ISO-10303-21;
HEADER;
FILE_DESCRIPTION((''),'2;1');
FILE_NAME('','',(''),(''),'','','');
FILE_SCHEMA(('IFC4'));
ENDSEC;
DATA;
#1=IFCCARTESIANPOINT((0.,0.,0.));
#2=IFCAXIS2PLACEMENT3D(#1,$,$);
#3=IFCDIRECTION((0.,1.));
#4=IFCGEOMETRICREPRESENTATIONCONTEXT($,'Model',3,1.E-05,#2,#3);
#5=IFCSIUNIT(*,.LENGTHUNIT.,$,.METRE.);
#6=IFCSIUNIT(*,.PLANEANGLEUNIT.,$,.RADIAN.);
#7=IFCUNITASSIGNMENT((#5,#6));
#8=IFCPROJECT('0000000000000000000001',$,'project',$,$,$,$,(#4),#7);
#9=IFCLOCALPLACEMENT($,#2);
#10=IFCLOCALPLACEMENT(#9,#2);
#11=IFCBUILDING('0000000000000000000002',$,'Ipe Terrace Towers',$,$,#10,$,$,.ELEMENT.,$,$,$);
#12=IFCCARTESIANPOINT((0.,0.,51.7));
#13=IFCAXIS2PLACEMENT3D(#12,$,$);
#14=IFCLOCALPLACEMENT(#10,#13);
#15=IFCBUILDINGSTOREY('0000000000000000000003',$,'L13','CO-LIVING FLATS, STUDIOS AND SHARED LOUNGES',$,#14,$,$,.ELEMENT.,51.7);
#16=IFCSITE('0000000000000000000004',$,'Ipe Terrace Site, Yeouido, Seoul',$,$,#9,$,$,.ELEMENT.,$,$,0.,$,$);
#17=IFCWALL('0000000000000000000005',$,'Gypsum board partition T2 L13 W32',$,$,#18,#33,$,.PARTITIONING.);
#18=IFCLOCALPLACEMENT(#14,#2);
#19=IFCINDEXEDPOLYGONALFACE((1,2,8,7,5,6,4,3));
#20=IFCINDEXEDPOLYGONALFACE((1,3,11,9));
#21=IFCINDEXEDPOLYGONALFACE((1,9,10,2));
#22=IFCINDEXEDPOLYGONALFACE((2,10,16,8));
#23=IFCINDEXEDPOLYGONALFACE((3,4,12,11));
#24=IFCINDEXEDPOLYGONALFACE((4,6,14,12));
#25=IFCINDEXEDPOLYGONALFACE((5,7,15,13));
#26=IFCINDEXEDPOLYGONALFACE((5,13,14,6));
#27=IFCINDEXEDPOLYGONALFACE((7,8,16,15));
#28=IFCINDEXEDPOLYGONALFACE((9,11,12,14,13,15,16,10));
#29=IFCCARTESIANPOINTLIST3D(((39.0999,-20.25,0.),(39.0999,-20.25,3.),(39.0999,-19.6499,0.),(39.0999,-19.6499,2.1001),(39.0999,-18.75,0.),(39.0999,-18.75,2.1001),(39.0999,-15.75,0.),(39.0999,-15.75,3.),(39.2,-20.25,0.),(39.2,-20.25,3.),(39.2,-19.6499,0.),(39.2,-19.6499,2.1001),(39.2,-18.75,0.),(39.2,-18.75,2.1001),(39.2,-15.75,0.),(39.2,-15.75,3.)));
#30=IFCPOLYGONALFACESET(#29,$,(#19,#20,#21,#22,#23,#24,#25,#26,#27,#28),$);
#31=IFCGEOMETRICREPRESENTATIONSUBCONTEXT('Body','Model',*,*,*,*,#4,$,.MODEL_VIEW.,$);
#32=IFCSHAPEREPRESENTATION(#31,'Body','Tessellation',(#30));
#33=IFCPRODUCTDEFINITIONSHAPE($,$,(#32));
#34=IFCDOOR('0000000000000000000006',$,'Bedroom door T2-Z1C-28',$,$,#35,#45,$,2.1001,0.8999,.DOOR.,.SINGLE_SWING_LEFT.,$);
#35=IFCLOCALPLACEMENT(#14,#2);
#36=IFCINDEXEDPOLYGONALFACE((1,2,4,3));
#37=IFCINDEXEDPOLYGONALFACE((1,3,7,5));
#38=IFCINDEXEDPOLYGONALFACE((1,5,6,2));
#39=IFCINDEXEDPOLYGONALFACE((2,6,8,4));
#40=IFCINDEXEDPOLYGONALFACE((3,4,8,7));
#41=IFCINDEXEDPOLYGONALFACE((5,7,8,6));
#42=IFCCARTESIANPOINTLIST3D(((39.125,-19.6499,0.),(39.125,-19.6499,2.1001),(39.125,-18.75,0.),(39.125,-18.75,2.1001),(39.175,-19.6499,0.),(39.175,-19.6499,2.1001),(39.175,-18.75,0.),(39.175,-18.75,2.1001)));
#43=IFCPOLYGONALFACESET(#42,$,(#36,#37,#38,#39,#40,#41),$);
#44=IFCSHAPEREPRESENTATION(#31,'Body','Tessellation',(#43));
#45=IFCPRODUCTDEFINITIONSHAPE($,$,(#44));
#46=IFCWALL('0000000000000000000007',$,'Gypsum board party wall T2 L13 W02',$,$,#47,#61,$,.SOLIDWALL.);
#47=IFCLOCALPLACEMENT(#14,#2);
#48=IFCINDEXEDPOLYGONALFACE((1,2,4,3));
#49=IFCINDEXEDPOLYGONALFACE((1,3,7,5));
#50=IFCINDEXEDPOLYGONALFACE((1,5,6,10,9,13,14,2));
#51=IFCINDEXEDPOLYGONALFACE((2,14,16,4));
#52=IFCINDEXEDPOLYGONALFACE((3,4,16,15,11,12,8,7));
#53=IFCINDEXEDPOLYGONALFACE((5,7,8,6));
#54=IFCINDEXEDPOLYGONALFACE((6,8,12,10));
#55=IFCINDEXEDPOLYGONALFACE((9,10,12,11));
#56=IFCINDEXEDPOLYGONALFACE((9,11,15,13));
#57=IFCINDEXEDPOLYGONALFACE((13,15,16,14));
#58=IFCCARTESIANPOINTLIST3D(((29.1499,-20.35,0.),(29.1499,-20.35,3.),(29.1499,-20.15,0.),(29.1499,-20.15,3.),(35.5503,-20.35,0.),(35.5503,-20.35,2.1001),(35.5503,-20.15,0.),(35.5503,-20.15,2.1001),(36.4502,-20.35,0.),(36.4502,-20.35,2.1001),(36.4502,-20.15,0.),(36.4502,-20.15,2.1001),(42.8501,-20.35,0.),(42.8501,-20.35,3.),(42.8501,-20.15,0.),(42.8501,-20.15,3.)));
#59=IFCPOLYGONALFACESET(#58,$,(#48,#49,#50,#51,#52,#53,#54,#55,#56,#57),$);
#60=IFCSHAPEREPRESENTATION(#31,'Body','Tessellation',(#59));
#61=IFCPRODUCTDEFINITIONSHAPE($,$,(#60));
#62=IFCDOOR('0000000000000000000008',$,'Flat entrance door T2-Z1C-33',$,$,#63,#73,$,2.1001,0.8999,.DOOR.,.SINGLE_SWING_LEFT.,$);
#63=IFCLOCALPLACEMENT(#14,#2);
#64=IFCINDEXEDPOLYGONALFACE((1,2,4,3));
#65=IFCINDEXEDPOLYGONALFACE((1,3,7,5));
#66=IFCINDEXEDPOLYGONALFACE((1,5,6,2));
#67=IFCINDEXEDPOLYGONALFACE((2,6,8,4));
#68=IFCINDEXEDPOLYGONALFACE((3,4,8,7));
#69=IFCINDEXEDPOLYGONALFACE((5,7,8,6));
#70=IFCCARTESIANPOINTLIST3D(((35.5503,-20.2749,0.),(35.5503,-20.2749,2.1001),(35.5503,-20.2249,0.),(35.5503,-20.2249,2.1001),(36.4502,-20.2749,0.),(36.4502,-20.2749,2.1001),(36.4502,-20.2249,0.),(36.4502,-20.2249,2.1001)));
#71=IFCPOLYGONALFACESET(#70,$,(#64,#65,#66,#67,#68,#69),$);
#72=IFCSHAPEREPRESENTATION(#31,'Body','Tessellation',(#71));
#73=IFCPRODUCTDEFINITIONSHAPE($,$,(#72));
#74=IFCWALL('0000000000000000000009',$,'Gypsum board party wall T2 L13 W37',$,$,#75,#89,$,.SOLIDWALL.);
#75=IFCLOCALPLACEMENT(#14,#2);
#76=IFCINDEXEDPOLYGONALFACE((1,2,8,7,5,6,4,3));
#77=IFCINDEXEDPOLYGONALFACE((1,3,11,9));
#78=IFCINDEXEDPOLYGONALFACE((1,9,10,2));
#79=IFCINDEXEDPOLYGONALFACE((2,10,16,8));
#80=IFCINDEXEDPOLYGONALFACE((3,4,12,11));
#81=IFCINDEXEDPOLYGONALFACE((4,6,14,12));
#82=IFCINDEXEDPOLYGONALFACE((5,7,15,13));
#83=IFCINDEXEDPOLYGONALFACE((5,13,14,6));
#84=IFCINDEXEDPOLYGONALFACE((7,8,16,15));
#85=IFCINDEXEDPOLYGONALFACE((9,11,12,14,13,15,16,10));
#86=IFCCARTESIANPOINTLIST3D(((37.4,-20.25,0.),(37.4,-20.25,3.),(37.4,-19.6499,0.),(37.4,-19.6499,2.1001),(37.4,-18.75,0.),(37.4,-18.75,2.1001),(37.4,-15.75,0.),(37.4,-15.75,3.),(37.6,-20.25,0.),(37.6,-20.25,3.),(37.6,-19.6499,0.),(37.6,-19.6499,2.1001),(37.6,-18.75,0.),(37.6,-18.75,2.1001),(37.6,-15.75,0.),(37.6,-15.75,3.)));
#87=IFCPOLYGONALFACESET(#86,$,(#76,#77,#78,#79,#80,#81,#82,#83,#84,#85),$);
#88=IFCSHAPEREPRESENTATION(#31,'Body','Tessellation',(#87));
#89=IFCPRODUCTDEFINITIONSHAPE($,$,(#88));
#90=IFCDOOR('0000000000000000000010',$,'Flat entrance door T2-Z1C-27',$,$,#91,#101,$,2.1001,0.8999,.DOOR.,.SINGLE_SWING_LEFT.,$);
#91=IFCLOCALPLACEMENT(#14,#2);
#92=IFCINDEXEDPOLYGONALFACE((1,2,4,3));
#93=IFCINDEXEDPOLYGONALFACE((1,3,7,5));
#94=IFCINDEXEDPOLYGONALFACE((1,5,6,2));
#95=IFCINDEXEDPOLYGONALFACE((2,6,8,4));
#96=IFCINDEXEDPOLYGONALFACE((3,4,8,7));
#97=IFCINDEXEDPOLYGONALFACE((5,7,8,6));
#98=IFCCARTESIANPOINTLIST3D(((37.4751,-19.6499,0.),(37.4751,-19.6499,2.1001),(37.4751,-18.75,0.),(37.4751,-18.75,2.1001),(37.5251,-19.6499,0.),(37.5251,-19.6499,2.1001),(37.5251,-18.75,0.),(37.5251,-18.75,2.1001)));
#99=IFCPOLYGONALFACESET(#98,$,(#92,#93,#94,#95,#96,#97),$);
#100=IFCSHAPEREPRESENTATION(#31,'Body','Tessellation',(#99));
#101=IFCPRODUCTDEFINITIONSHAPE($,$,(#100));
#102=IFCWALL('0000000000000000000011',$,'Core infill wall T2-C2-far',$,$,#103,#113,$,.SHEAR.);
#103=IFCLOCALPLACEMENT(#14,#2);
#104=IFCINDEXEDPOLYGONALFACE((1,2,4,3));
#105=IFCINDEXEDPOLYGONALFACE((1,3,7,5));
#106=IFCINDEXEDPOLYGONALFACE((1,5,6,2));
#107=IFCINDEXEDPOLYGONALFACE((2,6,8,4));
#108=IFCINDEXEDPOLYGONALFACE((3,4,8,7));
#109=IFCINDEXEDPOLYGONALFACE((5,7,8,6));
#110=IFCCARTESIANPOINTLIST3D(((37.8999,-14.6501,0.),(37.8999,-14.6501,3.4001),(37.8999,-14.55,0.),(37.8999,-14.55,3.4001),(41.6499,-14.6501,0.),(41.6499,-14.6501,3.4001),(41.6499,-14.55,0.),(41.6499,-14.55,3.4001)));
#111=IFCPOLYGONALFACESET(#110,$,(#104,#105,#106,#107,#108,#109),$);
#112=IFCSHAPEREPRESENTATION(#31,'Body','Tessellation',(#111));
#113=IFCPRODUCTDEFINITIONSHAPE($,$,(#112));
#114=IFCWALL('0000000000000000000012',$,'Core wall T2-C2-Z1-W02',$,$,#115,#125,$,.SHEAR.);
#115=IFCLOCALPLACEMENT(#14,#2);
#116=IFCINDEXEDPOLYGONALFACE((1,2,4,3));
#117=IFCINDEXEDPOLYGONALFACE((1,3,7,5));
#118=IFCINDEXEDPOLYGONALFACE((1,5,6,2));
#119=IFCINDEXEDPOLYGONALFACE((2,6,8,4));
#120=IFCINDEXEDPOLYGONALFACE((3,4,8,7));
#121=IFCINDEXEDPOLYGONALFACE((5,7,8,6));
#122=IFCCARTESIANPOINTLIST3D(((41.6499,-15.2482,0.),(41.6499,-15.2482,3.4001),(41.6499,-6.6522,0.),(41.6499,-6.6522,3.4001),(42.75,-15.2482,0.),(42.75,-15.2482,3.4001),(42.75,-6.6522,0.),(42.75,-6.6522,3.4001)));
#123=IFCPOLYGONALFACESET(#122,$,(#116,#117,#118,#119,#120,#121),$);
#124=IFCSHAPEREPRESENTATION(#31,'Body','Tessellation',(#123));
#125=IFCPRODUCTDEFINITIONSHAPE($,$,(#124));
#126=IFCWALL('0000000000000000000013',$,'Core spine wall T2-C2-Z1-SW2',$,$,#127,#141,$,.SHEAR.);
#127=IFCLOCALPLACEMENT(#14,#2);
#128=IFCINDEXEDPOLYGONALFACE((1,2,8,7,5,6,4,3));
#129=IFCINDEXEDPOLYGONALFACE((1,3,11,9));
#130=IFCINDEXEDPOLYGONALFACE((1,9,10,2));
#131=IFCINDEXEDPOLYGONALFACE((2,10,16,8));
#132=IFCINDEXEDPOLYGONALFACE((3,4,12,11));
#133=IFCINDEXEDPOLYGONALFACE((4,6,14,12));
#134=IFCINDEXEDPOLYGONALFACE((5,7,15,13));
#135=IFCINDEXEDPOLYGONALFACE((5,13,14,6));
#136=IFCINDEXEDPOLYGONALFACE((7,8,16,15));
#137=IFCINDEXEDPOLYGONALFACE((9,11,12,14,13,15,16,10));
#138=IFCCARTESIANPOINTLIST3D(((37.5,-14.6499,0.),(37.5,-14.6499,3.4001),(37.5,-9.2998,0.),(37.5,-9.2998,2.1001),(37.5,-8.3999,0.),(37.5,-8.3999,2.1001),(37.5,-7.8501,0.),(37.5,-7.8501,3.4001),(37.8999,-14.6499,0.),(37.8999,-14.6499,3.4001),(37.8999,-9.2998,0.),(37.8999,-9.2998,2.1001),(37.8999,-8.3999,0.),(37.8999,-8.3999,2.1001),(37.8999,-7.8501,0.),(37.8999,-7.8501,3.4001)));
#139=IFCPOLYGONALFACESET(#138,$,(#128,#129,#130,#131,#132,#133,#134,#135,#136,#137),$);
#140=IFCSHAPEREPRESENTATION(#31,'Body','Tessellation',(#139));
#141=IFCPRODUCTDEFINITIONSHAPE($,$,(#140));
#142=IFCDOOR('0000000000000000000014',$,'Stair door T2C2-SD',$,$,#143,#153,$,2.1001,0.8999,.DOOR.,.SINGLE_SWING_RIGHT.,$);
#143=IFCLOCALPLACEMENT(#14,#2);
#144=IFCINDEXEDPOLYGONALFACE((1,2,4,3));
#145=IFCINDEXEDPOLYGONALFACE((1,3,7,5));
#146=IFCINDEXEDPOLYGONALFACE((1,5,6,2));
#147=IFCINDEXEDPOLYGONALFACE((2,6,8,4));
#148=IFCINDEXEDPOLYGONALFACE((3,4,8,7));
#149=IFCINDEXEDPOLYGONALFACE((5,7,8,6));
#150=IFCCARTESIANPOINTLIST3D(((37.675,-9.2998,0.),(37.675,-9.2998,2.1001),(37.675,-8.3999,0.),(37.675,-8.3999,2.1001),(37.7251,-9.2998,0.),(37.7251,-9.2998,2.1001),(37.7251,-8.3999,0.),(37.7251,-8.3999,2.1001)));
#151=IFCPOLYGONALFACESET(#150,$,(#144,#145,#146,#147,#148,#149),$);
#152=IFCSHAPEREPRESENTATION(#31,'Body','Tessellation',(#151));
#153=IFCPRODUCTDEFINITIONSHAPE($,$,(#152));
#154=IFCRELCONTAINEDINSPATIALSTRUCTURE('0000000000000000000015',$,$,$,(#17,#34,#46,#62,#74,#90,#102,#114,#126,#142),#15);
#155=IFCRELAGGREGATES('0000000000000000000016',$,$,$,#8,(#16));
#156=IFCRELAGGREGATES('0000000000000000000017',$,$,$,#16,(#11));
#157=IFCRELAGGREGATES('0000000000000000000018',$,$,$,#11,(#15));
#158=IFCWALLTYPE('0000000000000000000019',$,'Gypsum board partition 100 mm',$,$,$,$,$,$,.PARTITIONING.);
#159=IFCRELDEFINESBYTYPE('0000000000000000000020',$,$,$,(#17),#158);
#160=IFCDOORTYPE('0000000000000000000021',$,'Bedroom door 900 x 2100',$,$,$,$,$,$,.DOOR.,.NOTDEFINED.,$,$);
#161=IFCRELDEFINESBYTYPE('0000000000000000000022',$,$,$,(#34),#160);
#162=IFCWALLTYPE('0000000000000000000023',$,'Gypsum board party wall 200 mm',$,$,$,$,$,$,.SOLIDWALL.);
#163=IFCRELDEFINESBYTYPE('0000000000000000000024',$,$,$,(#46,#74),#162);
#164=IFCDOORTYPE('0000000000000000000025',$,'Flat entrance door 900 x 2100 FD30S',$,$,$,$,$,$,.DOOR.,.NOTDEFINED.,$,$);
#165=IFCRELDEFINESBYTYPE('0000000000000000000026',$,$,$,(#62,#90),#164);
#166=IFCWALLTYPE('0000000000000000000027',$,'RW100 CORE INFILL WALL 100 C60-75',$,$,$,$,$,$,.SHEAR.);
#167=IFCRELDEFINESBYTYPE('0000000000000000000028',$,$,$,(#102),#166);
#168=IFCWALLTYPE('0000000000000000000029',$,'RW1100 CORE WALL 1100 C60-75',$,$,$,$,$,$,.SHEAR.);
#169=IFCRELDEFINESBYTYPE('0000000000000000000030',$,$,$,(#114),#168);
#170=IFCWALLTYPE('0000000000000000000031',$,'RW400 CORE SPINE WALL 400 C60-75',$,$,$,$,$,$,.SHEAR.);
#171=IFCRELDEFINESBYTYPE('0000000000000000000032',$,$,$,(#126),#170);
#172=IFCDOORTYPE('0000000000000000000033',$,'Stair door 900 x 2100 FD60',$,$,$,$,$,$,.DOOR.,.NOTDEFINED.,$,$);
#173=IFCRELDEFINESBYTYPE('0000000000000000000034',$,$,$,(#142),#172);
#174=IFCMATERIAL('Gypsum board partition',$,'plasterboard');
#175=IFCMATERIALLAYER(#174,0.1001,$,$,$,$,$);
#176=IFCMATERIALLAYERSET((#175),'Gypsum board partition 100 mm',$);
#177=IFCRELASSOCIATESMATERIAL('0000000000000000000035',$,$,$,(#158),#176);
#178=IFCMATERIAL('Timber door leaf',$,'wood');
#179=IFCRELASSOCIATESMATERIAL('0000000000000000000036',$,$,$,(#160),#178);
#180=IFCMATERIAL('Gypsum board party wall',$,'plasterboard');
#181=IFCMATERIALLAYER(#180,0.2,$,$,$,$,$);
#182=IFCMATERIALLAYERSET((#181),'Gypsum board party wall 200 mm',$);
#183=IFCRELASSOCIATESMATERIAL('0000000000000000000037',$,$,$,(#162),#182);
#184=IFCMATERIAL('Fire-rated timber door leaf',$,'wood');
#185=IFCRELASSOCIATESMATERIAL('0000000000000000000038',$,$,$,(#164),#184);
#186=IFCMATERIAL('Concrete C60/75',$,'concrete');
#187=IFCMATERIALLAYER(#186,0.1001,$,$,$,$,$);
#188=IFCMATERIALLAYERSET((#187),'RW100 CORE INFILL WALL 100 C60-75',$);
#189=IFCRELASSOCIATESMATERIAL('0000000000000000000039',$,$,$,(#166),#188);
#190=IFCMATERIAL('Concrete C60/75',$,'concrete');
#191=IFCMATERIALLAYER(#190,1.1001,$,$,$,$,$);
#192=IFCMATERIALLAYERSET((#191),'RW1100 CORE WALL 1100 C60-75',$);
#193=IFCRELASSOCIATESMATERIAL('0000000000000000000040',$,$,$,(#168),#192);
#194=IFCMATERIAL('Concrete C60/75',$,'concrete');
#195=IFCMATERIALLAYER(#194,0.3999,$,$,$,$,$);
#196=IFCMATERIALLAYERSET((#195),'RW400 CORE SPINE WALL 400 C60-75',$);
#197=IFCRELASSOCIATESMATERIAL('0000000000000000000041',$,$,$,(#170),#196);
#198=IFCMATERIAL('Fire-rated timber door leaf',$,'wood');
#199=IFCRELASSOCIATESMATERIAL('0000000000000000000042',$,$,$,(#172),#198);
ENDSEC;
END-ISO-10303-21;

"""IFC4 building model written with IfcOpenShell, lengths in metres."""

from ifc_helpers import new_model, si_unit, direction, frame, frame_2d, origin, place, context, subcontext, project, spatial, rectangle, extrude, material, layer, layer_set, type_object, element, fill, save


model = new_model("IFC4")

# Units and contexts
model_context = context("Model", 3, precision=1e-05, world=origin(), true_north=direction((0.0, 1.0)))
body_context = subcontext(model_context, "Body", "Model", "MODEL_VIEW")
ifc_project = project(units=[si_unit("LENGTHUNIT", "METRE"), si_unit("PLANEANGLEUNIT", "RADIAN")], contexts=[model_context])

# Site, building, storey
site_placement = place(None, origin())
site = spatial("IfcSite", under=ifc_project, at=site_placement, Name="Ipe Terrace Site, Yeouido, Seoul", CompositionType="ELEMENT", RefElevation=0.0)
building_placement = place(site_placement, origin())
building = spatial("IfcBuilding", under=site, at=building_placement, Name="Ipe Terrace Towers", CompositionType="ELEMENT")
storey_placement = place(building_placement, frame((0.0, 0.0, 51.7)))
storey = spatial("IfcBuildingStorey", under=building, at=storey_placement, Name="L13", Description="CO-LIVING FLATS, STUDIOS AND SHARED LOUNGES", CompositionType="ELEMENT", Elevation=51.7)

# Walls, openings, doors
ifc_material_1 = material(Name="Gypsum board partition", Category="plasterboard")
ifc_layer_1 = layer(ifc_material_1, 0.1001)
ifc_layer_set_1 = layer_set([ifc_layer_1], Name="Gypsum board partition 100 mm")
wall_type_1 = type_object("IfcWallType", Name="Gypsum board partition 100 mm", PredefinedType="PARTITIONING", material=ifc_layer_set_1)
wall_1_placement = place(storey_placement, frame((39.1499, -20.25, 0.0), z_axis=(0.0, 0.0, 1.0), x_axis=(0.0, 1.0, 0.0)))
wall_1 = element("IfcWall", 1, at=wall_1_placement, inside=storey, type_object=wall_type_1, Name="Gypsum board partition T2 L13 W32", PredefinedType="PARTITIONING", context=body_context, shape_type="SweptSolid", body=[
    extrude(rectangle(XDim=4.5, YDim=0.1001, at=frame_2d((2.25, 0.0))), origin(), (0.0, 0.0, 1.0), 3.0),
])
opening_1_placement = place(wall_1_placement, frame((0.6001, 0.0, 0.0)))
opening_1 = element("IfcOpeningElement", 2, at=opening_1_placement, cuts=wall_1, PredefinedType="OPENING", context=body_context, shape_type="SweptSolid", body=[
    extrude(rectangle(XDim=0.8999, YDim=2.1001, at=frame_2d((0.45, 1.05))), frame((0.0, 0.0601, 0.0), z_axis=(0.0, -1.0, 0.0), x_axis=(1.0, 0.0, 0.0)), (0.0, 0.0, 1.0), 0.1201),
])
ifc_material_2 = material(Name="Timber door leaf", Category="wood")
door_type_1 = type_object("IfcDoorType", Name="Bedroom door 900 x 2100", OperationType="NOTDEFINED", PredefinedType="DOOR", material=ifc_material_2)
door_1_placement = place(opening_1_placement, origin())
door_1 = element("IfcDoor", 3, at=door_1_placement, inside=storey, type_object=door_type_1, Name="Bedroom door T2-Z1C-28", OperationType="SINGLE_SWING_LEFT", OverallHeight=2.1001, OverallWidth=0.8999, PredefinedType="DOOR", context=body_context, shape_type="SweptSolid", body=[
    extrude(rectangle(XDim=0.8999, YDim=2.1001, at=frame_2d((0.45, 1.05))), frame((0.0, 0.0249, 0.0), z_axis=(0.0, -1.0, 0.0), x_axis=(1.0, 0.0, 0.0)), (0.0, 0.0, 1.0), 0.05),
])
fill(opening_1, door_1)
ifc_material_3 = material(Name="Gypsum board party wall", Category="plasterboard")
ifc_layer_2 = layer(ifc_material_3, 0.2)
ifc_layer_set_2 = layer_set([ifc_layer_2], Name="Gypsum board party wall 200 mm")
wall_type_2 = type_object("IfcWallType", Name="Gypsum board party wall 200 mm", PredefinedType="SOLIDWALL", material=ifc_layer_set_2)
wall_2_placement = place(storey_placement, frame((42.8501, -20.25, 0.0), z_axis=(0.0, 0.0, 1.0), x_axis=(-1.0, 0.0, 0.0)))
wall_2 = element("IfcWall", 4, at=wall_2_placement, inside=storey, type_object=wall_type_2, Name="Gypsum board party wall T2 L13 W02", PredefinedType="SOLIDWALL", context=body_context, shape_type="SweptSolid", body=[
    extrude(rectangle(XDim=13.7002, YDim=0.2, at=frame_2d((6.8501, 0.0))), origin(), (0.0, 0.0, 1.0), 3.0),
])
opening_2_placement = place(wall_2_placement, frame((6.3999, 0.0, 0.0)))
opening_2 = element("IfcOpeningElement", 5, at=opening_2_placement, cuts=wall_2, PredefinedType="OPENING", context=body_context, shape_type="SweptSolid", body=[
    extrude(rectangle(XDim=0.8999, YDim=2.1001, at=frame_2d((0.45, 1.05))), frame((0.0, 0.1099, 0.0), z_axis=(0.0, -1.0, 0.0), x_axis=(1.0, 0.0, 0.0)), (0.0, 0.0, 1.0), 0.22),
])
ifc_material_4 = material(Name="Fire-rated timber door leaf", Category="wood")
door_type_2 = type_object("IfcDoorType", Name="Flat entrance door 900 x 2100 FD30S", OperationType="NOTDEFINED", PredefinedType="DOOR", material=ifc_material_4)
door_2_placement = place(opening_2_placement, origin())
door_2 = element("IfcDoor", 6, at=door_2_placement, inside=storey, type_object=door_type_2, Name="Flat entrance door T2-Z1C-33", OperationType="SINGLE_SWING_LEFT", OverallHeight=2.1001, OverallWidth=0.8999, PredefinedType="DOOR", context=body_context, shape_type="SweptSolid", body=[
    extrude(rectangle(XDim=0.8999, YDim=2.1001, at=frame_2d((0.45, 1.05))), frame((0.0, 0.0249, 0.0), z_axis=(0.0, -1.0, 0.0), x_axis=(1.0, 0.0, 0.0)), (0.0, 0.0, 1.0), 0.05),
])
fill(opening_2, door_2)
wall_3_placement = place(storey_placement, frame((37.5, -20.25, 0.0), z_axis=(0.0, 0.0, 1.0), x_axis=(0.0, 1.0, 0.0)))
wall_3 = element("IfcWall", 7, at=wall_3_placement, inside=storey, type_object=wall_type_2, Name="Gypsum board party wall T2 L13 W37", PredefinedType="SOLIDWALL", context=body_context, shape_type="SweptSolid", body=[
    extrude(rectangle(XDim=4.5, YDim=0.2, at=frame_2d((2.25, 0.0))), origin(), (0.0, 0.0, 1.0), 3.0),
])
opening_3_placement = place(wall_3_placement, frame((0.6001, 0.0, 0.0)))
opening_3 = element("IfcOpeningElement", 8, at=opening_3_placement, cuts=wall_3, PredefinedType="OPENING", context=body_context, shape_type="SweptSolid", body=[
    extrude(rectangle(XDim=0.8999, YDim=2.1001, at=frame_2d((0.45, 1.05))), frame((0.0, 0.1099, 0.0), z_axis=(0.0, -1.0, 0.0), x_axis=(1.0, 0.0, 0.0)), (0.0, 0.0, 1.0), 0.22),
])
door_3_placement = place(opening_3_placement, origin())
door_3 = element("IfcDoor", 9, at=door_3_placement, inside=storey, type_object=door_type_2, Name="Flat entrance door T2-Z1C-27", OperationType="SINGLE_SWING_LEFT", OverallHeight=2.1001, OverallWidth=0.8999, PredefinedType="DOOR", context=body_context, shape_type="SweptSolid", body=[
    extrude(rectangle(XDim=0.8999, YDim=2.1001, at=frame_2d((0.45, 1.05))), frame((0.0, 0.0249, 0.0), z_axis=(0.0, -1.0, 0.0), x_axis=(1.0, 0.0, 0.0)), (0.0, 0.0, 1.0), 0.05),
])
fill(opening_3, door_3)

# Walls
ifc_material_5 = material(Name="Concrete C60/75", Category="concrete")
ifc_layer_3 = layer(ifc_material_5, 0.1001)
ifc_layer_set_3 = layer_set([ifc_layer_3], Name="RW100 CORE INFILL WALL 100 C60-75")
wall_type_3 = type_object("IfcWallType", Name="RW100 CORE INFILL WALL 100 C60-75", PredefinedType="SHEAR", material=ifc_layer_set_3)
wall_4_placement = place(storey_placement, frame((37.8999, -14.6001, 0.0), z_axis=(0.0, 0.0, 1.0), x_axis=(1.0, 0.0, 0.0)))
element("IfcWall", 10, at=wall_4_placement, inside=storey, type_object=wall_type_3, Name="Core infill wall T2-C2-far", PredefinedType="SHEAR", context=body_context, shape_type="SweptSolid", body=[
    extrude(rectangle(XDim=3.75, YDim=0.1001, at=frame_2d((1.875, 0.0))), origin(), (0.0, 0.0, 1.0), 3.4001),
])
ifc_material_6 = material(Name="Concrete C60/75", Category="concrete")
ifc_layer_4 = layer(ifc_material_6, 1.1001)
ifc_layer_set_4 = layer_set([ifc_layer_4], Name="RW1100 CORE WALL 1100 C60-75")
wall_type_4 = type_object("IfcWallType", Name="RW1100 CORE WALL 1100 C60-75", PredefinedType="SHEAR", material=ifc_layer_set_4)
wall_5_placement = place(storey_placement, frame((42.2, -15.248, 0.0), z_axis=(0.0, 0.0, 1.0), x_axis=(0.0, 1.0, 0.0)))
element("IfcWall", 11, at=wall_5_placement, inside=storey, type_object=wall_type_4, Name="Core wall T2-C2-Z1-W02", PredefinedType="SHEAR", context=body_context, shape_type="SweptSolid", body=[
    extrude(rectangle(XDim=8.5959, YDim=1.1001, at=frame_2d((4.2979, 0.0))), origin(), (0.0, 0.0, 1.0), 3.4001),
])

# Wall, opening, door
ifc_material_7 = material(Name="Concrete C60/75", Category="concrete")
ifc_layer_5 = layer(ifc_material_7, 0.3999)
ifc_layer_set_5 = layer_set([ifc_layer_5], Name="RW400 CORE SPINE WALL 400 C60-75")
wall_type_5 = type_object("IfcWallType", Name="RW400 CORE SPINE WALL 400 C60-75", PredefinedType="SHEAR", material=ifc_layer_set_5)
wall_6_placement = place(storey_placement, frame((37.7, -14.6499, 0.0), z_axis=(0.0, 0.0, 1.0), x_axis=(0.0, 1.0, 0.0)))
wall_6 = element("IfcWall", 12, at=wall_6_placement, inside=storey, type_object=wall_type_5, Name="Core spine wall T2-C2-Z1-SW2", PredefinedType="SHEAR", context=body_context, shape_type="SweptSolid", body=[
    extrude(rectangle(XDim=6.7998, YDim=0.3999, at=frame_2d((3.3999, 0.0))), origin(), (0.0, 0.0, 1.0), 3.4001),
])
opening_4_placement = place(wall_6_placement, frame((5.3501, 0.0, 0.0)))
opening_4 = element("IfcOpeningElement", 13, at=opening_4_placement, cuts=wall_6, PredefinedType="OPENING", context=body_context, shape_type="SweptSolid", body=[
    extrude(rectangle(XDim=0.8999, YDim=2.1001, at=frame_2d((0.45, 1.05))), frame((0.0, 0.21, 0.0), z_axis=(0.0, -1.0, 0.0), x_axis=(1.0, 0.0, 0.0)), (0.0, 0.0, 1.0), 0.4199),
])
ifc_material_8 = material(Name="Fire-rated timber door leaf", Category="wood")
door_type_3 = type_object("IfcDoorType", Name="Stair door 900 x 2100 FD60", OperationType="NOTDEFINED", PredefinedType="DOOR", material=ifc_material_8)
door_4_placement = place(opening_4_placement, origin())
door_4 = element("IfcDoor", 14, at=door_4_placement, inside=storey, type_object=door_type_3, Name="Stair door T2C2-SD", OperationType="SINGLE_SWING_RIGHT", OverallHeight=2.1001, OverallWidth=0.8999, PredefinedType="DOOR", context=body_context, shape_type="SweptSolid", body=[
    extrude(rectangle(XDim=0.8999, YDim=2.1001, at=frame_2d((0.45, 1.05))), frame((0.0, 0.0249, 0.0), z_axis=(0.0, -1.0, 0.0), x_axis=(1.0, 0.0, 0.0)), (0.0, 0.0, 1.0), 0.05),
])
fill(opening_4, door_4)

save(model, "model.ifc")
